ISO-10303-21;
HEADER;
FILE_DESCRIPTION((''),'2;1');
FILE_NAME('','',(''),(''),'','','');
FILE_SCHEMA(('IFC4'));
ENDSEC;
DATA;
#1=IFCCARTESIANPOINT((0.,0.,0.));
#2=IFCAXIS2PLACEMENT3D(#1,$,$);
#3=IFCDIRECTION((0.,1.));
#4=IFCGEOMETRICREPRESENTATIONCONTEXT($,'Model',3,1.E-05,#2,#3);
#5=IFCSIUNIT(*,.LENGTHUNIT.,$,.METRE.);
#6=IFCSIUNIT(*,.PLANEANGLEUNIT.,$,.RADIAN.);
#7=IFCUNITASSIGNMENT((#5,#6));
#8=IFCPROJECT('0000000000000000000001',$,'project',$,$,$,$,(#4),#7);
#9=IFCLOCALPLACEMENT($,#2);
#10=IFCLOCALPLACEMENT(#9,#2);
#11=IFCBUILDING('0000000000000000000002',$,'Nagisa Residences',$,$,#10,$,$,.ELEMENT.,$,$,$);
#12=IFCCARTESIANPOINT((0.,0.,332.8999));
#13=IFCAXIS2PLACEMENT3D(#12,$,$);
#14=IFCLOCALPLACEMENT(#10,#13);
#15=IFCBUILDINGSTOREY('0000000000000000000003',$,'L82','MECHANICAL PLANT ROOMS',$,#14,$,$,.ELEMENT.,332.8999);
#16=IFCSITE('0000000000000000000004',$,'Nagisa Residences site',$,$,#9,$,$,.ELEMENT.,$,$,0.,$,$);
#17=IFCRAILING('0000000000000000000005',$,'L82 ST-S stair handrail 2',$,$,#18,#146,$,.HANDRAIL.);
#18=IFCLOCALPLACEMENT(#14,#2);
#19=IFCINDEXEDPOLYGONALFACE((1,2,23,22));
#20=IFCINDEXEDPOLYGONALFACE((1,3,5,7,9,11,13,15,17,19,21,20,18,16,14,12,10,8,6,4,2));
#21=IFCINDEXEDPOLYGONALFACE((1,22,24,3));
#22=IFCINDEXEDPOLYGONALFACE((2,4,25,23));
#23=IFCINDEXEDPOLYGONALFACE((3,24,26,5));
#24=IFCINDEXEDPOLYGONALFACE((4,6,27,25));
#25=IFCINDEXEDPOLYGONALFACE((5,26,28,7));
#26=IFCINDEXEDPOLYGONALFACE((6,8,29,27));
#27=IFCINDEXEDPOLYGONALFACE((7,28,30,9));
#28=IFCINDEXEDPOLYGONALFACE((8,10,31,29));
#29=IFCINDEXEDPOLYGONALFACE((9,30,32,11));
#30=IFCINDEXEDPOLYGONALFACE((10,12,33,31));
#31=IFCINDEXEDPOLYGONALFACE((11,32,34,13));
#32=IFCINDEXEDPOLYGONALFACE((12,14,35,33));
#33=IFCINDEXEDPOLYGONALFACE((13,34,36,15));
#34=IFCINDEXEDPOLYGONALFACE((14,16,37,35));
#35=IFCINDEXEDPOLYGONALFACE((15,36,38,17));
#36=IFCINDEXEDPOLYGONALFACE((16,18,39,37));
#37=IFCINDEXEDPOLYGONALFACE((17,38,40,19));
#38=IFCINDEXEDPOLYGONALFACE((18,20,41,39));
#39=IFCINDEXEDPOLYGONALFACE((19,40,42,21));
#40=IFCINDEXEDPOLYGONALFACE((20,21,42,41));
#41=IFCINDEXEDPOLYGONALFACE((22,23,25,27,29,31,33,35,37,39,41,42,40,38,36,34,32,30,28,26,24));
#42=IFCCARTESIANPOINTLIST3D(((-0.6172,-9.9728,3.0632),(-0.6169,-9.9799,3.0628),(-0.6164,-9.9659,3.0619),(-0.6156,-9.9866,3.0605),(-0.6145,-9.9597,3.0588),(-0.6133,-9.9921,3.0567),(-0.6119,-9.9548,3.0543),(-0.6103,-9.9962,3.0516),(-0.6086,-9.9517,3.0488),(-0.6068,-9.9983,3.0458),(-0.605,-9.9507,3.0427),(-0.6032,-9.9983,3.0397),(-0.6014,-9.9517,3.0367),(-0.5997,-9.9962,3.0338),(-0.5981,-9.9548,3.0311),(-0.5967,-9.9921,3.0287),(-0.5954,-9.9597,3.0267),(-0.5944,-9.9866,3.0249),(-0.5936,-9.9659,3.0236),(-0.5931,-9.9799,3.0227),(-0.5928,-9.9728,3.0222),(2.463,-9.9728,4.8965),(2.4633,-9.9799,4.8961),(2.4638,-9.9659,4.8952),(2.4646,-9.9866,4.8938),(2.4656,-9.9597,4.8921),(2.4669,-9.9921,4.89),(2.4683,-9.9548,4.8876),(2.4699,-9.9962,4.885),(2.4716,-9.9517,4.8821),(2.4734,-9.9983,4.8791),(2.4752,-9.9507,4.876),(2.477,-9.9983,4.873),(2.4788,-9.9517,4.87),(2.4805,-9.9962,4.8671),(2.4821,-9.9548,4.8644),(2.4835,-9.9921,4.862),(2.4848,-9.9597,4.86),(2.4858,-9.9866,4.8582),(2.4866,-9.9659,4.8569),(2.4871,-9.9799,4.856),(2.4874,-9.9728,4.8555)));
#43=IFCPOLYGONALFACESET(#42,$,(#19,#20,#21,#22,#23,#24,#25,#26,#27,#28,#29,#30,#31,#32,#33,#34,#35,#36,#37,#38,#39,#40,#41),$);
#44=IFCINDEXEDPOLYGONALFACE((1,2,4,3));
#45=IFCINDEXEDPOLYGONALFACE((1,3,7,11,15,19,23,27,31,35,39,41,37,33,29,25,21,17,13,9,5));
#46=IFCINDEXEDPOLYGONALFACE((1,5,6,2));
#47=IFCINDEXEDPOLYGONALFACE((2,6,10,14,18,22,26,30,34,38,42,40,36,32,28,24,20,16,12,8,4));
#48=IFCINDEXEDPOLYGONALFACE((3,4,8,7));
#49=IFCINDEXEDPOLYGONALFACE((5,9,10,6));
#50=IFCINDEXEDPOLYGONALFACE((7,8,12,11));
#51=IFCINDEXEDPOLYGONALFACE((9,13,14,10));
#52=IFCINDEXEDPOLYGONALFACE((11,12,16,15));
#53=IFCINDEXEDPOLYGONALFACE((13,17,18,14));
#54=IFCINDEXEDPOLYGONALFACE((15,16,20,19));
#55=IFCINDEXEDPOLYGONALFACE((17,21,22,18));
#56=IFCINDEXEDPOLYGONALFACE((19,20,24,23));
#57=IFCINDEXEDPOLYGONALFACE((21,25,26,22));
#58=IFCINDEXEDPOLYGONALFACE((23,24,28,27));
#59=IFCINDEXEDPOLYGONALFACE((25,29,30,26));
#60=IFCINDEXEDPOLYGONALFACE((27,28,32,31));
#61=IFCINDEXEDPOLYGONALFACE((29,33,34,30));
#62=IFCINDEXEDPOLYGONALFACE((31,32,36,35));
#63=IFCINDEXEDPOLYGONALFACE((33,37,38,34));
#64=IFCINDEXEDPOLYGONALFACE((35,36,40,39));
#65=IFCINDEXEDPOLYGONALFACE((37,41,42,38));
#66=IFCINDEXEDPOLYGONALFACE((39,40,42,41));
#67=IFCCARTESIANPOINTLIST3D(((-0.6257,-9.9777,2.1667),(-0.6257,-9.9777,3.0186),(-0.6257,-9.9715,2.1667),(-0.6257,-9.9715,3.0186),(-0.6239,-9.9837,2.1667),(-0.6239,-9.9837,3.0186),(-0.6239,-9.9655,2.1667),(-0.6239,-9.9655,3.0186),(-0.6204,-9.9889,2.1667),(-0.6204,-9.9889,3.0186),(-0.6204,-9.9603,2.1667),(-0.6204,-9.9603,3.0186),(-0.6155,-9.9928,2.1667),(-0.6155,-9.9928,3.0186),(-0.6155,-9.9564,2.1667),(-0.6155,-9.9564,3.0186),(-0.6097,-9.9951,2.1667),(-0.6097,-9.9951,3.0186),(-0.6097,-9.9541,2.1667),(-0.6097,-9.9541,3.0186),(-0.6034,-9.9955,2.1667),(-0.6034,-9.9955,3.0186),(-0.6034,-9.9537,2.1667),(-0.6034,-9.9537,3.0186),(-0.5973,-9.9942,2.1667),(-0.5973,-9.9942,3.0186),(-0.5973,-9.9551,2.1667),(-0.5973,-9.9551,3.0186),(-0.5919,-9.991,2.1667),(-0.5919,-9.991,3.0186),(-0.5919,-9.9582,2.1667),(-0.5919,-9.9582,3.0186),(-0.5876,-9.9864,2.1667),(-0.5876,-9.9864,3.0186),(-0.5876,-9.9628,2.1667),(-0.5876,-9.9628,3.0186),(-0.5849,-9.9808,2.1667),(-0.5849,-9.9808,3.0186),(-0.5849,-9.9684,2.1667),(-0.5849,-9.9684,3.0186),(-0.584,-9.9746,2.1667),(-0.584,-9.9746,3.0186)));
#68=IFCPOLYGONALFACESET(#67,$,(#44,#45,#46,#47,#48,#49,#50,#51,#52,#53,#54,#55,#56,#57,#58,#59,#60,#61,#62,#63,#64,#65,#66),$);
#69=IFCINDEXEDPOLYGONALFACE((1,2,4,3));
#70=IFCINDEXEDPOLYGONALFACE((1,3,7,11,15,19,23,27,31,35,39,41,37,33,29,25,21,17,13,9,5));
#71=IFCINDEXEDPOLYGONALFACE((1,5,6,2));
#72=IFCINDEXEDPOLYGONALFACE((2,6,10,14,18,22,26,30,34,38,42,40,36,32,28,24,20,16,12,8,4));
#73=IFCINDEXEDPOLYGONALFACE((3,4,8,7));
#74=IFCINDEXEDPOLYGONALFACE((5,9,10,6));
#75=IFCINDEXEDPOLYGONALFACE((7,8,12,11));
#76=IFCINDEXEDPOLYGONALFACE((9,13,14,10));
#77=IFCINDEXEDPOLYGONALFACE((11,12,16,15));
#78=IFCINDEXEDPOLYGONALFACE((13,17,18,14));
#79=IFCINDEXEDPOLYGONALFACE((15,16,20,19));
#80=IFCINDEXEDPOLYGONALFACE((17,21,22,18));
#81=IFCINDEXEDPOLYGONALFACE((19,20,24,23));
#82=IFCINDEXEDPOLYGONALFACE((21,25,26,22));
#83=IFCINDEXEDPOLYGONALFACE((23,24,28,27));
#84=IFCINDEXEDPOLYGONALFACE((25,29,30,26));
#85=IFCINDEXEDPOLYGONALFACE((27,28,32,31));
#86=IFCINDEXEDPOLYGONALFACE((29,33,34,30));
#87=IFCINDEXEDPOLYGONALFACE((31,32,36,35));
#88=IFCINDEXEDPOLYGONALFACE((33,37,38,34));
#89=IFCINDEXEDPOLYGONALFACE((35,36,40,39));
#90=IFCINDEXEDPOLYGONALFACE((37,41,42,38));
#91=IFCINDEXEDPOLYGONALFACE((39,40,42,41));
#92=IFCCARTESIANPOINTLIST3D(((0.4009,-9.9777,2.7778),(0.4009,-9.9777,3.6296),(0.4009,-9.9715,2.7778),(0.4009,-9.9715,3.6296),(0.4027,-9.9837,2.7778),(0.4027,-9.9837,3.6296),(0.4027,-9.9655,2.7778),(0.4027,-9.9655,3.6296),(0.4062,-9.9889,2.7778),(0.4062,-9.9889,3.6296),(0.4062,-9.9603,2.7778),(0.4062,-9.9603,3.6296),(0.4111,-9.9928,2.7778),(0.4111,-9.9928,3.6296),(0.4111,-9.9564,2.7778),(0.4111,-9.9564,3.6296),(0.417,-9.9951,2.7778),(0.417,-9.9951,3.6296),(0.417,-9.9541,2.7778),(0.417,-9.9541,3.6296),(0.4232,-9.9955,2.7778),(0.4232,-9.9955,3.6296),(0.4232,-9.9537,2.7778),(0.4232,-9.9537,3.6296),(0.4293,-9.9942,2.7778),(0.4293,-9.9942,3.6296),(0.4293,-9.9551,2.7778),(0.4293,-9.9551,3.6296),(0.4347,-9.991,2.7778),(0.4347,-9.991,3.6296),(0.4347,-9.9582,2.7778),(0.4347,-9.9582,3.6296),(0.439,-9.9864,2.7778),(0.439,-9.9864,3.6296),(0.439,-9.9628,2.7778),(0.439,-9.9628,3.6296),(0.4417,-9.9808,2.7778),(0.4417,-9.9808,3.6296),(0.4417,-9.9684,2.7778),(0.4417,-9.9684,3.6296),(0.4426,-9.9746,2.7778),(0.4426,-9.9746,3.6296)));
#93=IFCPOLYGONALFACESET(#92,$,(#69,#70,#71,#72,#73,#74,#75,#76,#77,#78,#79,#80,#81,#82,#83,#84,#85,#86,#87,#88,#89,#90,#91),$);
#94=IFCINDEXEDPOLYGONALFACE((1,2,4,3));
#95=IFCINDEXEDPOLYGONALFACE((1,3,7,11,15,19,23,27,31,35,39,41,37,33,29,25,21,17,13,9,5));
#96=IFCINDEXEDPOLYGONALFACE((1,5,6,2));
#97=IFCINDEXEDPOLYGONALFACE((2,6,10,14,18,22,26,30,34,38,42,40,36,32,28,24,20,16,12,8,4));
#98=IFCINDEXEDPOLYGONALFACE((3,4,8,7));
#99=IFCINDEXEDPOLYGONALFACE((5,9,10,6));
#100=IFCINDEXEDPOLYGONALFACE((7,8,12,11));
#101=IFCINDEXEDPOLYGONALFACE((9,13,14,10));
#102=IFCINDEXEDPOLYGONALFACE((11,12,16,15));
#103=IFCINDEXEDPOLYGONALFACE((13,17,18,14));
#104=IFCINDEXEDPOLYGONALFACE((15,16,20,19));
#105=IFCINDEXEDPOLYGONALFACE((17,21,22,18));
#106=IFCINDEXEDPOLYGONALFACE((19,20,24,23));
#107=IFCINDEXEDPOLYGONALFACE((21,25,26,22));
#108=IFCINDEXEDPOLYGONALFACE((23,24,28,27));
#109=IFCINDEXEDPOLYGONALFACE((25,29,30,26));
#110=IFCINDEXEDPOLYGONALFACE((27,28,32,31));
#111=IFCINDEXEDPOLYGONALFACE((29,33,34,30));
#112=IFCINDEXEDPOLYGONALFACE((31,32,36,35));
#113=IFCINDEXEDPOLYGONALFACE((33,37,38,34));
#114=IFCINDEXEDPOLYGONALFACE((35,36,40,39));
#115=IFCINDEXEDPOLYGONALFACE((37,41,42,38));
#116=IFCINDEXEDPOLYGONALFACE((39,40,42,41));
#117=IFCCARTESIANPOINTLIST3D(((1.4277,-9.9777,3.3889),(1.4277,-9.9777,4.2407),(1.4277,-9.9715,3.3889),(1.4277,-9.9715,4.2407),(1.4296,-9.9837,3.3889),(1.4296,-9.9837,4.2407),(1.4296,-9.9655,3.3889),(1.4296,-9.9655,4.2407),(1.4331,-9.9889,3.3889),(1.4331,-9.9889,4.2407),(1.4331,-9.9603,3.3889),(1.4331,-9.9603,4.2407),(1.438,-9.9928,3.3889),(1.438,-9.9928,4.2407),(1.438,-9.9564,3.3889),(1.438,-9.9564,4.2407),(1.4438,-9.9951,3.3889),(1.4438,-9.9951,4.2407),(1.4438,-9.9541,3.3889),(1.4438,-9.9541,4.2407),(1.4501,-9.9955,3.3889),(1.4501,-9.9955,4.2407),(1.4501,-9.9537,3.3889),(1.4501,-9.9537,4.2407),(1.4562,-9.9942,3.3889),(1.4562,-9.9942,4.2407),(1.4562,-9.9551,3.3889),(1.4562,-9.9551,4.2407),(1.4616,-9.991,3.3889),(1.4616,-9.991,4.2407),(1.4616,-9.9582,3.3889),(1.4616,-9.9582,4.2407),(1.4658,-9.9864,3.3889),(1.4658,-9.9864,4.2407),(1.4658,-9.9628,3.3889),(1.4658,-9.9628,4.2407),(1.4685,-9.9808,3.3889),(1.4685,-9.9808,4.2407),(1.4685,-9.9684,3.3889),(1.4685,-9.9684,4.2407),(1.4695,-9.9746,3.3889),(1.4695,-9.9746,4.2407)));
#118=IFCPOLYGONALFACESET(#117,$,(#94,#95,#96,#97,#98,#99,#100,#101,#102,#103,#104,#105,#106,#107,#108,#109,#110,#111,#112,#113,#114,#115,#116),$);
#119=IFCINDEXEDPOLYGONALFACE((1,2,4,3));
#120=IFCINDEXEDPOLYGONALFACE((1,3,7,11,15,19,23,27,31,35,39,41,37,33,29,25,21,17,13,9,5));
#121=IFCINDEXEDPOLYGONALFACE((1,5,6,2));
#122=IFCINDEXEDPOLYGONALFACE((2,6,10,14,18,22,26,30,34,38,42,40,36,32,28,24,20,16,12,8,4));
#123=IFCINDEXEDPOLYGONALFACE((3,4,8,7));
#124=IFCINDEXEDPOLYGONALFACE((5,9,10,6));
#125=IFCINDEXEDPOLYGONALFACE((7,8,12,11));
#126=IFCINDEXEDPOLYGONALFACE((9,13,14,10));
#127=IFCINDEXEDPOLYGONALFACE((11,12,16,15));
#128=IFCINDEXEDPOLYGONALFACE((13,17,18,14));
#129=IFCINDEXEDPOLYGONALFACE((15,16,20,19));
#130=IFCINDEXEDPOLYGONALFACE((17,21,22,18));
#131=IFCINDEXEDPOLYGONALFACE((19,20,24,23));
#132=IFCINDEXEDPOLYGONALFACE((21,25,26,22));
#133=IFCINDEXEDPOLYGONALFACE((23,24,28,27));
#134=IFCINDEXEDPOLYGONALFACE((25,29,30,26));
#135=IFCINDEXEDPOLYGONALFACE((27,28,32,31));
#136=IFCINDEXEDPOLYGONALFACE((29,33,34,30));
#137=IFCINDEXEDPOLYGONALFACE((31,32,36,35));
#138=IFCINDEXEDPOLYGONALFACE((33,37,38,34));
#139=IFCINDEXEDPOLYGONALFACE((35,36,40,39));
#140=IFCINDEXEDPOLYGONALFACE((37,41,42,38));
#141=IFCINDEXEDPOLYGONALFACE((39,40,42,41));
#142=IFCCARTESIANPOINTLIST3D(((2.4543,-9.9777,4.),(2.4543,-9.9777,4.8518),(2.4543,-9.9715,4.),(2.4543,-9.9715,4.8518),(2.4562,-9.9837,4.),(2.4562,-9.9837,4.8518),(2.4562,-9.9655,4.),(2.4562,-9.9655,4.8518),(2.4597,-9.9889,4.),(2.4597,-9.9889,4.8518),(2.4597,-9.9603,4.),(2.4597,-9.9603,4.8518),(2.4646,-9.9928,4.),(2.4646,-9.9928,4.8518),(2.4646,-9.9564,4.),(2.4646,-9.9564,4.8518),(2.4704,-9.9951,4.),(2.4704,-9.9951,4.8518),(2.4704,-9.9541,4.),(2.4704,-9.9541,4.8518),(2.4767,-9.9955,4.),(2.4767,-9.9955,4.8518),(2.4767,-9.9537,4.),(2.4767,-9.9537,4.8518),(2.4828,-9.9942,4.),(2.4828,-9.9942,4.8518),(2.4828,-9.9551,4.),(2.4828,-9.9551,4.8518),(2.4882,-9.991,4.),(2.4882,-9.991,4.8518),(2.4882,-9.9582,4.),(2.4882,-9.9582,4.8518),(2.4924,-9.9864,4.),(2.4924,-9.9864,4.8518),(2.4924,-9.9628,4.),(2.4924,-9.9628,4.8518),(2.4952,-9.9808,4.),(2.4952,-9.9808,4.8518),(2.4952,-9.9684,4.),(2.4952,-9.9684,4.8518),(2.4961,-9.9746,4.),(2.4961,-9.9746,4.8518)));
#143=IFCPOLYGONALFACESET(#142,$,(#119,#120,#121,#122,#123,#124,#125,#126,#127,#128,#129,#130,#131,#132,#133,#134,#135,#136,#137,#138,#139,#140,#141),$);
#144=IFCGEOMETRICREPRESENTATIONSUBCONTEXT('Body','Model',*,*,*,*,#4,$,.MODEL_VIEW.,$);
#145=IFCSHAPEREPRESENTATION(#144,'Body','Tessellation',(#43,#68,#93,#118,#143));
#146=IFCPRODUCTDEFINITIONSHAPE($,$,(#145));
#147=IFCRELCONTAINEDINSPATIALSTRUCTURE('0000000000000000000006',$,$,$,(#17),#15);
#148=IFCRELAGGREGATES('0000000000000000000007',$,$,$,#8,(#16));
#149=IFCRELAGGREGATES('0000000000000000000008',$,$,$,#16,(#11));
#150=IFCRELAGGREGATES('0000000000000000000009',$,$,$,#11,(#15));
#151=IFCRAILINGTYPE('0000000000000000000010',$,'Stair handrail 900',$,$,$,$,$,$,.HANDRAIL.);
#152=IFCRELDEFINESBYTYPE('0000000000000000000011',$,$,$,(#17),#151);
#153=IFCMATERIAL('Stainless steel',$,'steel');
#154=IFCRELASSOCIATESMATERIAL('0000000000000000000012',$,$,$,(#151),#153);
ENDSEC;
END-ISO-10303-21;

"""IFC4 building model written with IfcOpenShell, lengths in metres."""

from ifc_helpers import new_model, si_unit, direction, frame, origin, origin_2d, place, context, subcontext, project, spatial, circle, extrude, material, type_object, element, save


model = new_model("IFC4")

# Units and contexts
model_context = context("Model", 3, precision=1e-05, world=origin(), true_north=direction((0.0, 1.0)))
body_context = subcontext(model_context, "Body", "Model", "MODEL_VIEW")
ifc_project = project(units=[si_unit("LENGTHUNIT", "METRE"), si_unit("PLANEANGLEUNIT", "RADIAN")], contexts=[model_context])

# Site, building, storey
site_placement = place(None, origin())
site = spatial("IfcSite", under=ifc_project, at=site_placement, Name="Nagisa Residences site", CompositionType="ELEMENT", RefElevation=0.0)
building_placement = place(site_placement, origin())
building = spatial("IfcBuilding", under=site, at=building_placement, Name="Nagisa Residences", CompositionType="ELEMENT")
storey_placement = place(building_placement, frame((0.0, 0.0, 332.8999)))
storey = spatial("IfcBuildingStorey", under=building, at=storey_placement, Name="L82", Description="MECHANICAL PLANT ROOMS", CompositionType="ELEMENT", Elevation=332.8999)

# Railing
ifc_material_1 = material(Name="Stainless steel", Category="steel")
railing_type = type_object("IfcRailingType", Name="Stair handrail 900", PredefinedType="HANDRAIL", material=ifc_material_1)
railing_placement = place(storey_placement, frame((-0.605, -9.9746, 2.1667)))
element("IfcRailing", 1, at=railing_placement, inside=storey, type_object=railing_type, Name="L82 ST-S stair handrail 2", PredefinedType="HANDRAIL", context=body_context, shape_type="SweptSolid", body=[
    extrude(circle(Radius=0.0239, at=origin_2d()), frame((0.0, 0.0, 0.876), z_axis=(0.859309, 0.0, 0.511458), x_axis=(0.0, 1.0, 0.0)), (0.0, 0.0, 1.0), 3.5845),
    extrude(circle(Radius=0.021, at=origin_2d()), origin(), (0.0, 0.0, 1.0), 0.8518),
    extrude(circle(Radius=0.021, at=origin_2d()), frame((1.0266, 0.0, 0.6111)), (0.0, 0.0, 1.0), 0.8518),
    extrude(circle(Radius=0.021, at=origin_2d()), frame((2.0535, 0.0, 1.2222)), (0.0, 0.0, 1.0), 0.8518),
    extrude(circle(Radius=0.021, at=origin_2d()), frame((3.0801, 0.0, 1.8333)), (0.0, 0.0, 1.0), 0.8518),
])

save(model, "model.ifc")
